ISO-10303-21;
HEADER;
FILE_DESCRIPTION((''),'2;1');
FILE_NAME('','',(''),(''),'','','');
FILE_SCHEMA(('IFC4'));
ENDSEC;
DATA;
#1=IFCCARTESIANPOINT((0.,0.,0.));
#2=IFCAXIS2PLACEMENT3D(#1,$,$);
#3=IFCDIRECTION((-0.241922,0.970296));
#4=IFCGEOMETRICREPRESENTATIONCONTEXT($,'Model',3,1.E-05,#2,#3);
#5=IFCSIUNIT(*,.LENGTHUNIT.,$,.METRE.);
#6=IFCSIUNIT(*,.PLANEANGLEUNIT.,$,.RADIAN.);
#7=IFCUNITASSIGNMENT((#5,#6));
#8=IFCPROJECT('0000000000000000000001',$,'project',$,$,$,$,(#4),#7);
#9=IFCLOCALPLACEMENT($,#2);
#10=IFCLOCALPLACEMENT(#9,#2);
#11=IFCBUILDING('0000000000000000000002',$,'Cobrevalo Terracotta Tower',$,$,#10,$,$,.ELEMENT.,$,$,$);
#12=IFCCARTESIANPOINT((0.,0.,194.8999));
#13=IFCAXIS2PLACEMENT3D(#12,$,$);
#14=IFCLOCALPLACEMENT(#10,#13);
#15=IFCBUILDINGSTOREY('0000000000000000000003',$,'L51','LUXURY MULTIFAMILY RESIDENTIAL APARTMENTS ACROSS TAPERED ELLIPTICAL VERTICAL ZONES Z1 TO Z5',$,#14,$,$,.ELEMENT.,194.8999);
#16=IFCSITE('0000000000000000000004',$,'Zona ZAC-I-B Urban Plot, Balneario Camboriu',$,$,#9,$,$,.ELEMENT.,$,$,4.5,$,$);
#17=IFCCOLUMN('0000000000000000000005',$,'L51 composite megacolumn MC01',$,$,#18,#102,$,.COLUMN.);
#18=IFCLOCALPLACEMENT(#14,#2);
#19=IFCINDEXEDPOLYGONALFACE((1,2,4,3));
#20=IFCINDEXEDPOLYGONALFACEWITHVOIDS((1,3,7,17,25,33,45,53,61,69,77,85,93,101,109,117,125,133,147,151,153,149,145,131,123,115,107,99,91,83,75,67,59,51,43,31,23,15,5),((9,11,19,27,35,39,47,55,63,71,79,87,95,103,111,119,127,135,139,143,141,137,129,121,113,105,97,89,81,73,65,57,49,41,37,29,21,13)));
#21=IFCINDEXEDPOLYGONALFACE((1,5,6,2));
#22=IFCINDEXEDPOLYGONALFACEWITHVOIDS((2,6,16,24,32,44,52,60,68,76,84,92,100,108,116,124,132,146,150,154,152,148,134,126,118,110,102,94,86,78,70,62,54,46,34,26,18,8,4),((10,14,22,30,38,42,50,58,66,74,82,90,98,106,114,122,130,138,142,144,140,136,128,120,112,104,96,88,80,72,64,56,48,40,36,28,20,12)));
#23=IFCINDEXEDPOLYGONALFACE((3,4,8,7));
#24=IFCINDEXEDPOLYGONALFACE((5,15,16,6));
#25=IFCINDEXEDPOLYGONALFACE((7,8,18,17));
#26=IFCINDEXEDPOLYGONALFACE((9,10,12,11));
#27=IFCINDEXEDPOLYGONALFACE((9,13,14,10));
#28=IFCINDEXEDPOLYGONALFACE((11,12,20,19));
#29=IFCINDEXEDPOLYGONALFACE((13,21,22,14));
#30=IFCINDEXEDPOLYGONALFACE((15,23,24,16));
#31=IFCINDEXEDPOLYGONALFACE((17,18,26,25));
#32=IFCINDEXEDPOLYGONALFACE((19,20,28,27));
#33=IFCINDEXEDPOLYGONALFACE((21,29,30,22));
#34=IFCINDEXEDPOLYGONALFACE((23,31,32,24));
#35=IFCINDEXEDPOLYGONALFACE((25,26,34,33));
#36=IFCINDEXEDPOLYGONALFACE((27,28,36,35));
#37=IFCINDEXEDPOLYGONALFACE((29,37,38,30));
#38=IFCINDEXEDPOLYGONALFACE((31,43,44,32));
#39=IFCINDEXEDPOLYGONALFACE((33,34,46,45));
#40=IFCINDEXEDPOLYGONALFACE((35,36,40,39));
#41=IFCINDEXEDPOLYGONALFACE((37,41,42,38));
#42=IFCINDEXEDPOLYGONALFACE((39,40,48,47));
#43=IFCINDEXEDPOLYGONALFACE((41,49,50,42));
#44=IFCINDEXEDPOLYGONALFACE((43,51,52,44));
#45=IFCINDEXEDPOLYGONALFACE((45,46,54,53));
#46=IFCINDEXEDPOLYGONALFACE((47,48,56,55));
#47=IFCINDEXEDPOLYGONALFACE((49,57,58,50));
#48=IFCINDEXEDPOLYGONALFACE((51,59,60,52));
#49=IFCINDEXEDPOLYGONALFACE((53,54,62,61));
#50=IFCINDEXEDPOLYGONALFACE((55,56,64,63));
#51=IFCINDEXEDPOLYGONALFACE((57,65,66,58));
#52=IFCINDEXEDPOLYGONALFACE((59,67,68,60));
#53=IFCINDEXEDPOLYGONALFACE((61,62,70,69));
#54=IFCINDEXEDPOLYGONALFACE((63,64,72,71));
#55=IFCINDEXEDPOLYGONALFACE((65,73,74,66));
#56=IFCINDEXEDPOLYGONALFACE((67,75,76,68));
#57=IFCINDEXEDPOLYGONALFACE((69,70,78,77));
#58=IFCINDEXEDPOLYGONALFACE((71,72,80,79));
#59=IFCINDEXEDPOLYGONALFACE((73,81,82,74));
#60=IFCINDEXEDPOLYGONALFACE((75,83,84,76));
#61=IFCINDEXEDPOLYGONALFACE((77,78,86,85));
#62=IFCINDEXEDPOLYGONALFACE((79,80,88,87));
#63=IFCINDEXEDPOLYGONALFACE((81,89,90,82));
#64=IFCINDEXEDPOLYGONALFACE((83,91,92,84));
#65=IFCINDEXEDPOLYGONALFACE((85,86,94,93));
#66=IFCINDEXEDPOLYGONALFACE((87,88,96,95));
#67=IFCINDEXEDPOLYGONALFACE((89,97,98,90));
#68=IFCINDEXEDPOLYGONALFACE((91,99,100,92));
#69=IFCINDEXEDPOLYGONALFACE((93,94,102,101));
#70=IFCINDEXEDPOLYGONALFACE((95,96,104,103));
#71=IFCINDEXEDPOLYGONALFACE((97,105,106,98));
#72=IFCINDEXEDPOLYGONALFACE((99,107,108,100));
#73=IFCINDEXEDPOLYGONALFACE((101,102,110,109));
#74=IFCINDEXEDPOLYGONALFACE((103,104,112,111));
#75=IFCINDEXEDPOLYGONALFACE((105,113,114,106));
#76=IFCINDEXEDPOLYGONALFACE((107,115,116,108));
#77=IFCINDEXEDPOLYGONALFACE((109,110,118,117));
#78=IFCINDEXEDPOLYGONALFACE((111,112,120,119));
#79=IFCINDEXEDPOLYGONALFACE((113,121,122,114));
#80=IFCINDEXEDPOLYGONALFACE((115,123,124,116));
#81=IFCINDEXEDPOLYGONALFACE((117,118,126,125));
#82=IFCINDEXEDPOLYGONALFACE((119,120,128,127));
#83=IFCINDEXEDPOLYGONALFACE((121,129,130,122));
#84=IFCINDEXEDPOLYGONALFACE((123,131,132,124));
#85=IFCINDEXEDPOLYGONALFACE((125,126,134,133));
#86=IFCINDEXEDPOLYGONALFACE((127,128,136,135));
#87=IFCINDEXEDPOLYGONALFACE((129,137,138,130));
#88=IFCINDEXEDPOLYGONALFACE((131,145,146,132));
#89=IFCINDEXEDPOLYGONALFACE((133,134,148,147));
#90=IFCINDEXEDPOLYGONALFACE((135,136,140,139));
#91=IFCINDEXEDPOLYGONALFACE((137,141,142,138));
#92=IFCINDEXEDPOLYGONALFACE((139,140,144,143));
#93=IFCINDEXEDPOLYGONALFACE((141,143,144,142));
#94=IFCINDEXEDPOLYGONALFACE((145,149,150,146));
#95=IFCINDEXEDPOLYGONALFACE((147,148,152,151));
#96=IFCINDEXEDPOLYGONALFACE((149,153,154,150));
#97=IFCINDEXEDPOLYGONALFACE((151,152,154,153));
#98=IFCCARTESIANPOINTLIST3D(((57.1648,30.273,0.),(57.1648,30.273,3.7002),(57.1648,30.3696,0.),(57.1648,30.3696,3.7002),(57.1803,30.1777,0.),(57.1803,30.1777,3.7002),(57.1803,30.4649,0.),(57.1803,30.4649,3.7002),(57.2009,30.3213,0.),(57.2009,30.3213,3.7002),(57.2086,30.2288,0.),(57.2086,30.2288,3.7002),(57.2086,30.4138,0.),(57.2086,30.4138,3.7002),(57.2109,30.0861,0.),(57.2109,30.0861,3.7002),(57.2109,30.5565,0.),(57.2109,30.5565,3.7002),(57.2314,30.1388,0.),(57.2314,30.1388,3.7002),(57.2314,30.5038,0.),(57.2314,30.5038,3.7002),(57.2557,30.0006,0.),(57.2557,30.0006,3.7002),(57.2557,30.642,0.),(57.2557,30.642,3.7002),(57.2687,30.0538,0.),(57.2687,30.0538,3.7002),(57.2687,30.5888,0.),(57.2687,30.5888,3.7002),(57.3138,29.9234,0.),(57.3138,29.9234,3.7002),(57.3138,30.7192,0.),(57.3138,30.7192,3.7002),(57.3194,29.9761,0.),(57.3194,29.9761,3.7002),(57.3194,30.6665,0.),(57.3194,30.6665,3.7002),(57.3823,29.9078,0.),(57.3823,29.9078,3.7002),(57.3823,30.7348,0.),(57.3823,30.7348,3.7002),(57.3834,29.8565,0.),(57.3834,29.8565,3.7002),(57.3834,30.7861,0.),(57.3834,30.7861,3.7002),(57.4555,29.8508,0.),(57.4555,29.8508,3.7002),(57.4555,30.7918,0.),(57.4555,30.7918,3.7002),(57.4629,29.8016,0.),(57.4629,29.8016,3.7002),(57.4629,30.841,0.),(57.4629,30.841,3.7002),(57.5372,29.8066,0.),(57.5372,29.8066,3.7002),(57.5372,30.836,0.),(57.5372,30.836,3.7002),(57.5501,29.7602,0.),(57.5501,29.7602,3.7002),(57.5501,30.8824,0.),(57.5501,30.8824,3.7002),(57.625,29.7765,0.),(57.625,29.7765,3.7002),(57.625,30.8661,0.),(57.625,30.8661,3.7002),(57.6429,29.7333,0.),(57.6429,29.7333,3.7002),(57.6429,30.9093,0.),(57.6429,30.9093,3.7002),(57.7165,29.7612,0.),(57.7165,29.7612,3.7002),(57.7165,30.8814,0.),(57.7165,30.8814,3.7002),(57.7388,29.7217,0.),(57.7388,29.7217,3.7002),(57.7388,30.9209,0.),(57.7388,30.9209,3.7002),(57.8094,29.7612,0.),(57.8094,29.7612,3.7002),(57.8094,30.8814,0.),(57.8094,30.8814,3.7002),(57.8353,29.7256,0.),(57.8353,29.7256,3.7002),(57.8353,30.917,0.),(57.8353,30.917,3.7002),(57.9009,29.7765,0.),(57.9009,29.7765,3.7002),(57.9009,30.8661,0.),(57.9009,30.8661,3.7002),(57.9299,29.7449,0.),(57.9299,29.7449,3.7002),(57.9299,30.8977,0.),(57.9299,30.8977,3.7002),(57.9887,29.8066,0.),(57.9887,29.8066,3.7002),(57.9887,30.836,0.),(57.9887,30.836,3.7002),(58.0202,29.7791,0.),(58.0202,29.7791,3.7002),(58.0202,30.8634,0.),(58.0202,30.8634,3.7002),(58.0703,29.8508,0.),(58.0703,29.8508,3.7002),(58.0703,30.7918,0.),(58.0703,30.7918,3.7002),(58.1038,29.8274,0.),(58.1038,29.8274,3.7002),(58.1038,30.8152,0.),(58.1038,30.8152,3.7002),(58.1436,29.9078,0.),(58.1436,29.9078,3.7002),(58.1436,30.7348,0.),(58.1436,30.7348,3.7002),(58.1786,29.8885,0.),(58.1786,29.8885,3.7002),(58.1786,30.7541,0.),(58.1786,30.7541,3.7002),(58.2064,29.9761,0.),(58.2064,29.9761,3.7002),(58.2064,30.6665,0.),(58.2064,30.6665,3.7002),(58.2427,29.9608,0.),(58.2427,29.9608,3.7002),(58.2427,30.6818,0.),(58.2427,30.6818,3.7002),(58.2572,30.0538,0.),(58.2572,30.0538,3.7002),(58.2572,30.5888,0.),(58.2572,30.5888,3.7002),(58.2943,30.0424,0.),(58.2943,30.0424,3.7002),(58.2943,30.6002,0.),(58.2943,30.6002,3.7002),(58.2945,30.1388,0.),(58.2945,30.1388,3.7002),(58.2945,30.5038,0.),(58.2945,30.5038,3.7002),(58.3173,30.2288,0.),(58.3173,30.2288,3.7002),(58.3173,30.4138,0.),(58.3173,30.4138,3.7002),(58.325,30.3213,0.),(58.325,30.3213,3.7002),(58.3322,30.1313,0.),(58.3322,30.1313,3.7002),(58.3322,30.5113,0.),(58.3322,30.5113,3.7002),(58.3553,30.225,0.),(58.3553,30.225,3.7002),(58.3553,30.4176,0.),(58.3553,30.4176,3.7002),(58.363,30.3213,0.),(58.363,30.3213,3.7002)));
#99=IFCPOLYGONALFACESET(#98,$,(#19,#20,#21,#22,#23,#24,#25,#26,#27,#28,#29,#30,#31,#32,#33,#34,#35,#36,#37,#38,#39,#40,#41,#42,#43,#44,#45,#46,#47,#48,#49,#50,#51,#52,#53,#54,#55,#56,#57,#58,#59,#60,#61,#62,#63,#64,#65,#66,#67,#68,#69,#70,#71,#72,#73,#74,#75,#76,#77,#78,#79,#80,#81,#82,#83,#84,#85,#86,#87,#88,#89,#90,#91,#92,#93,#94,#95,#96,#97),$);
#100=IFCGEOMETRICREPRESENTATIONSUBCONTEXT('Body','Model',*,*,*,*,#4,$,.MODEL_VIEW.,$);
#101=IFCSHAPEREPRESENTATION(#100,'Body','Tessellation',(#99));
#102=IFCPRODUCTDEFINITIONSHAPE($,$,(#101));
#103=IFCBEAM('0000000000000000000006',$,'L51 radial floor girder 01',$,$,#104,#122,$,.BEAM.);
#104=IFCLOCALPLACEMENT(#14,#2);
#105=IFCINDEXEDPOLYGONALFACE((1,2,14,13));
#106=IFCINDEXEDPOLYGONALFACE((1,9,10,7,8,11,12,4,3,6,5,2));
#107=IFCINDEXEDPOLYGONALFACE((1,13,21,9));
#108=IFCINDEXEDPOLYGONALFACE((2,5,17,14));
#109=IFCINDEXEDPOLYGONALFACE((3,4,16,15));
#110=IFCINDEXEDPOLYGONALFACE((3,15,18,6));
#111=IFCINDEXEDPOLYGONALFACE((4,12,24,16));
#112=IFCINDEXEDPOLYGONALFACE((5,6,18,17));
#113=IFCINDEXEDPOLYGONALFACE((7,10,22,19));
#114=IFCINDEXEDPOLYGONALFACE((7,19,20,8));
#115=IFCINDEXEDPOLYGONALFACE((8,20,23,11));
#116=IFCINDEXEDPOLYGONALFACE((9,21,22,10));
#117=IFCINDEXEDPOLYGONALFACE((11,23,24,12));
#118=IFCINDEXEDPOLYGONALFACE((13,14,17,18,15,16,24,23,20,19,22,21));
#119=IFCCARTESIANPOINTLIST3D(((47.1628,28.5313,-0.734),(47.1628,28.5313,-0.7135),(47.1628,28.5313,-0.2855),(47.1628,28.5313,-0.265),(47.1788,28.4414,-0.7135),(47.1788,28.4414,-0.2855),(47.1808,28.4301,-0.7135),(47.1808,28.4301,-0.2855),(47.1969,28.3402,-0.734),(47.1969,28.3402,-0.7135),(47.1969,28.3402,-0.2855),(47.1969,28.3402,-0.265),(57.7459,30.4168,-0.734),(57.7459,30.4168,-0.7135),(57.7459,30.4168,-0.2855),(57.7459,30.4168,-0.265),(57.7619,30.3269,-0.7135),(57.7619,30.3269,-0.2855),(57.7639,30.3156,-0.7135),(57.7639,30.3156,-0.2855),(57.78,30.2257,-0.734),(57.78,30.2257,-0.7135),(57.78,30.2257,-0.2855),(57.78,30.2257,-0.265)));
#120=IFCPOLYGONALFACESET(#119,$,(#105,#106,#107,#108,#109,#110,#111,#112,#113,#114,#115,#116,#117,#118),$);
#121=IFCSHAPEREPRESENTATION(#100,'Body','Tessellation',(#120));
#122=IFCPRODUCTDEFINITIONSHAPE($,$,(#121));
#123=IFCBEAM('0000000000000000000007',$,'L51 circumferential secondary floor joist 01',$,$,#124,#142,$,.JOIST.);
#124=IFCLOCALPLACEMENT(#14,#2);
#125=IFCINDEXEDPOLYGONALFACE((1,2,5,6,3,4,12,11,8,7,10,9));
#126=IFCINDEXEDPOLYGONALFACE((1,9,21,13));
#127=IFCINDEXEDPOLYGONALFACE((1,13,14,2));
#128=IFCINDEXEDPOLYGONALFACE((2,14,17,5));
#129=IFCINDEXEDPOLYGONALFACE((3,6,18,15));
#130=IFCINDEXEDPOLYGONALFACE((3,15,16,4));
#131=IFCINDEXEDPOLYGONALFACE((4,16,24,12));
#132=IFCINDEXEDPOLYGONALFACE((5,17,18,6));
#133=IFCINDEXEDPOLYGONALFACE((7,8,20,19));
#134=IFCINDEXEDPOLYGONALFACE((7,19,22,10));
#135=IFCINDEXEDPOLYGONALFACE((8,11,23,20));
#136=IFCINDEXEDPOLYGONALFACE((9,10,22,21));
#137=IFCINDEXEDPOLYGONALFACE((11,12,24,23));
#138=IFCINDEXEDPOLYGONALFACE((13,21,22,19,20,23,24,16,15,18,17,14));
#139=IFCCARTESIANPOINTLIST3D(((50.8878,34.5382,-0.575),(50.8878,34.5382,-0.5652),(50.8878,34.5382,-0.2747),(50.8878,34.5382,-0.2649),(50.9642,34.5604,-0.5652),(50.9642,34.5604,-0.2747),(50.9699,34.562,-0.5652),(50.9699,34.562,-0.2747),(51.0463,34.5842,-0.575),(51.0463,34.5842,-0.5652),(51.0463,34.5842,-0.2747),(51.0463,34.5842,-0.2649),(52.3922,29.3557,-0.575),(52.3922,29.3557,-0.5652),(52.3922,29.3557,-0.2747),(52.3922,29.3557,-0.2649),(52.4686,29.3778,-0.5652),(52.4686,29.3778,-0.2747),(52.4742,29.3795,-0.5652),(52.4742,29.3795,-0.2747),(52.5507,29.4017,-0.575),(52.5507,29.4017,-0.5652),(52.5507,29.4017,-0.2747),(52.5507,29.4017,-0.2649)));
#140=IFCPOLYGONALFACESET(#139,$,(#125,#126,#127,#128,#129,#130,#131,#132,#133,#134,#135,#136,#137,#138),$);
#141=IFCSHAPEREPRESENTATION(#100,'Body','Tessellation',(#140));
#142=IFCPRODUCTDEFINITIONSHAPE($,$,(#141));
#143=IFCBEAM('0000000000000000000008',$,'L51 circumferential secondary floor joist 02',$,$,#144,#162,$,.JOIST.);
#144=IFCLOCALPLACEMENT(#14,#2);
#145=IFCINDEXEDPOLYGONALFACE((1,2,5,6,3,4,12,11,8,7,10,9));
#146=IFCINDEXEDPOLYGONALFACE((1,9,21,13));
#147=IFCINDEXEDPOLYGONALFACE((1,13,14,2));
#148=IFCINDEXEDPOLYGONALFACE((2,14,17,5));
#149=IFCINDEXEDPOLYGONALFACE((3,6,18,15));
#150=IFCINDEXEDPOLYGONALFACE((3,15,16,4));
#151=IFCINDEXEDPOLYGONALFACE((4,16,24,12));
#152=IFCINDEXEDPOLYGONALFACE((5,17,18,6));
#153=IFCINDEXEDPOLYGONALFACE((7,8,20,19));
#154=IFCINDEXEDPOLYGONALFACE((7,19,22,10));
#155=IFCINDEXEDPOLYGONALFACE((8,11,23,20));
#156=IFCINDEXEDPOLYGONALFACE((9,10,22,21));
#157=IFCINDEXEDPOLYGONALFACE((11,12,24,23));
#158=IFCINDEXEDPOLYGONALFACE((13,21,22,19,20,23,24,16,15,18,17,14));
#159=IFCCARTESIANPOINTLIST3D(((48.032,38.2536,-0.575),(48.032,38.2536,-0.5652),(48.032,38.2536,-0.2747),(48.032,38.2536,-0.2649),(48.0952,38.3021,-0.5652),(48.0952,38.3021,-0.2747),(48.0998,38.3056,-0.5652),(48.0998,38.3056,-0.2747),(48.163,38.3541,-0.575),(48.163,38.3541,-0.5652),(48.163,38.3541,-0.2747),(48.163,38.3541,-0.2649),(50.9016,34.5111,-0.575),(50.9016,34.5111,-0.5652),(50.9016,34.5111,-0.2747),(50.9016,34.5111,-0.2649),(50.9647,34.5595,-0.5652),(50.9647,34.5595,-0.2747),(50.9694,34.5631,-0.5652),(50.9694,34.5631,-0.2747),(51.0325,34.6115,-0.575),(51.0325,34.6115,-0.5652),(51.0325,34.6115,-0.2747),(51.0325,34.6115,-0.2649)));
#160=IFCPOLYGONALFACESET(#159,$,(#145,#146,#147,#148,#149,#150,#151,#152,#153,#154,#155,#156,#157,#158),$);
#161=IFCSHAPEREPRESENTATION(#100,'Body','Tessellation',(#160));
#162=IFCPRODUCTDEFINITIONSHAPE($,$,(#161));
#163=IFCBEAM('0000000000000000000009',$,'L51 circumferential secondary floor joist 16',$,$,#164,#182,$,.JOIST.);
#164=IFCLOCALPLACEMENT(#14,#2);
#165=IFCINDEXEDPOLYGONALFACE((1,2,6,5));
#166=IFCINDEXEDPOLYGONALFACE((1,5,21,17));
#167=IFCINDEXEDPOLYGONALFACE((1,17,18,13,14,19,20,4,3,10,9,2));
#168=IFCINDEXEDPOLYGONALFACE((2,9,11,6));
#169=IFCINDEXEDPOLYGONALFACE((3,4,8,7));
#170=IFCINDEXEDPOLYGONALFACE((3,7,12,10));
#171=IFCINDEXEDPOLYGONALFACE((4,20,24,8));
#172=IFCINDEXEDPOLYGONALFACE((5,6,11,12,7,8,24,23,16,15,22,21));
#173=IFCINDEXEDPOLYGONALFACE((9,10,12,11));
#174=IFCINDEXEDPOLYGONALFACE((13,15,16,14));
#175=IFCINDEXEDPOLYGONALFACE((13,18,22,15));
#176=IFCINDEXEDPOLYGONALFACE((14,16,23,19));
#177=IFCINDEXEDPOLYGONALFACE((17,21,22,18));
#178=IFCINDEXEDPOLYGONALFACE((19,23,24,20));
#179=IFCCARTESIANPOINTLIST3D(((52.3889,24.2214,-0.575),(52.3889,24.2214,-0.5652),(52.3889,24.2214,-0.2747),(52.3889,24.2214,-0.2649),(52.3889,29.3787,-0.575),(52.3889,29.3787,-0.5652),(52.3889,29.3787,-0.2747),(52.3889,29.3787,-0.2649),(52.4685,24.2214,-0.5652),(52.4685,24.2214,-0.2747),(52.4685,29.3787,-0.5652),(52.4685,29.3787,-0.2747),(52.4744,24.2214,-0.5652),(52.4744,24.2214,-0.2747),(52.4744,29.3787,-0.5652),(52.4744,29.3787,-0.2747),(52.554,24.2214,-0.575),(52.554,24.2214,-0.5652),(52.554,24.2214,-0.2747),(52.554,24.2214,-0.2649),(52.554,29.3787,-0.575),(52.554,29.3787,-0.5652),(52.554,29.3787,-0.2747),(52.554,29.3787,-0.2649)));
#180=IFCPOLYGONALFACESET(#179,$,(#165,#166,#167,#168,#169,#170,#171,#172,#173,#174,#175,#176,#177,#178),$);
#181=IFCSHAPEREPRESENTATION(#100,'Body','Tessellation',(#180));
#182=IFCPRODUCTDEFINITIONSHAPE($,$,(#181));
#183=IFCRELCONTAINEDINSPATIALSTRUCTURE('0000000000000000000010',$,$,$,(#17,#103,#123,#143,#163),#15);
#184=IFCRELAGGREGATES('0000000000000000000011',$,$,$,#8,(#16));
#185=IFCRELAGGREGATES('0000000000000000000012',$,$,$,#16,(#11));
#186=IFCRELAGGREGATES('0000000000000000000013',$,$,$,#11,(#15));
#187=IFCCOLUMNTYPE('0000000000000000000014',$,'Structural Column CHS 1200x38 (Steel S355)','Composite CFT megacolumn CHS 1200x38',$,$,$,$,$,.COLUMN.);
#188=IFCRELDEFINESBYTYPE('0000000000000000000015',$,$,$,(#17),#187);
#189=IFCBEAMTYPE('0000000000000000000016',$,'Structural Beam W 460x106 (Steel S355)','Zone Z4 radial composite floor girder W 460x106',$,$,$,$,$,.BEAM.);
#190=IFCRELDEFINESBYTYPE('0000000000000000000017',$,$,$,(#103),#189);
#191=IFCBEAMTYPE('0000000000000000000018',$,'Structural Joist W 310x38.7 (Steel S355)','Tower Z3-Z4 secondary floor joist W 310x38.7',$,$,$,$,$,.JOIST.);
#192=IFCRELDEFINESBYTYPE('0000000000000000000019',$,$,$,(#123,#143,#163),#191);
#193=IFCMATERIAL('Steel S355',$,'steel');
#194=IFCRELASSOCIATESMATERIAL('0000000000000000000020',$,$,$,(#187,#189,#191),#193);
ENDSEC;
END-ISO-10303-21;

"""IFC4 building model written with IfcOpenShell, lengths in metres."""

from ifc_helpers import new_model, si_unit, direction, frame, origin, origin_2d, place, context, subcontext, project, spatial, hollow_circle, i_section, extrude, material, material_profile, profile_set, type_object, element, save


model = new_model("IFC4")

# Units and contexts
model_context = context("Model", 3, precision=1e-05, world=origin(), true_north=direction((-0.241922, 0.970296)))
body_context = subcontext(model_context, "Body", "Model", "MODEL_VIEW")
ifc_project = project(units=[si_unit("LENGTHUNIT", "METRE"), si_unit("PLANEANGLEUNIT", "RADIAN")], contexts=[model_context])

# Site, building, storey
site_placement = place(None, origin())
site = spatial("IfcSite", under=ifc_project, at=site_placement, Name="Zona ZAC-I-B Urban Plot, Balneario Camboriu", CompositionType="ELEMENT", RefElevation=4.5)
building_placement = place(site_placement, origin())
building = spatial("IfcBuilding", under=site, at=building_placement, Name="Cobrevalo Terracotta Tower", CompositionType="ELEMENT")
storey_placement = place(building_placement, frame((0.0, 0.0, 194.8999)))
storey = spatial("IfcBuildingStorey", under=building, at=storey_placement, Name="L51", Description="LUXURY MULTIFAMILY RESIDENTIAL APARTMENTS ACROSS TAPERED ELLIPTICAL VERTICAL ZONES Z1 TO Z5", CompositionType="ELEMENT", Elevation=194.8999)

# Column
ifc_material_1 = material(Name="Steel S355", Category="steel")
ifc_material_profile_1 = material_profile(ifc_material_1, hollow_circle(Radius=0.6001, WallThickness=0.0381, at=origin_2d()), Name="CHS 1200x38")
ifc_profile_set_1 = profile_set([ifc_material_profile_1], Name="Steel S355")
column_type = type_object("IfcColumnType", Name="Structural Column CHS 1200x38 (Steel S355)", Description="Composite CFT megacolumn CHS 1200x38", PredefinedType="COLUMN", material=ifc_profile_set_1)
column_placement = place(storey_placement, frame((57.7629, 30.3213, 0.0), z_axis=(0.0, 0.0, 1.0), x_axis=(1.0, 0.0, 0.0)))
element("IfcColumn", 1, at=column_placement, inside=storey, type_object=column_type, Name="L51 composite megacolumn MC01", PredefinedType="COLUMN", context=body_context, shape_type="SweptSolid", body=[
    extrude(hollow_circle(Radius=0.6001, WallThickness=0.0381, at=origin_2d()), origin(), (0.0, 0.0, 1.0), 3.7002),
])

# Beams
ifc_material_profile_2 = material_profile(ifc_material_1, i_section(OverallWidth=0.1941, OverallDepth=0.469, WebThickness=0.0115, FlangeThickness=0.0205, at=origin_2d()), Name="W 460x106")
ifc_profile_set_2 = profile_set([ifc_material_profile_2], Name="Steel S355")
beam_type_1 = type_object("IfcBeamType", Name="Structural Beam W 460x106 (Steel S355)", Description="Zone Z4 radial composite floor girder W 460x106", PredefinedType="BEAM", material=ifc_profile_set_2)
beam_1_placement = place(storey_placement, frame((57.7629, 30.3213, -0.4995), z_axis=(-0.984497, -0.175401, 0.0), x_axis=(0.175401, -0.984497, 0.0)))
element("IfcBeam", 2, at=beam_1_placement, inside=storey, type_object=beam_type_1, Name="L51 radial floor girder 01", PredefinedType="BEAM", context=body_context, shape_type="SweptSolid", body=[
    extrude(i_section(OverallWidth=0.1941, OverallDepth=0.469, WebThickness=0.0115, FlangeThickness=0.0205, at=origin_2d()), origin(), (0.0, 0.0, 1.0), 10.7498),
])
ifc_material_profile_3 = material_profile(ifc_material_1, i_section(OverallWidth=0.165, OverallDepth=0.3101, WebThickness=0.0059, FlangeThickness=0.0098, at=origin_2d()), Name="W 310x38.7")
ifc_profile_set_3 = profile_set([ifc_material_profile_3], Name="Steel S355")
beam_type_2 = type_object("IfcBeamType", Name="Structural Joist W 310x38.7 (Steel S355)", Description="Tower Z3-Z4 secondary floor joist W 310x38.7", PredefinedType="JOIST", material=ifc_profile_set_3)
beam_2_placement = place(storey_placement, frame((52.4714, 29.3787, -0.4199), z_axis=(-0.27877, 0.960358, 0.0), x_axis=(-0.960358, -0.27877, 0.0)))
element("IfcBeam", 3, at=beam_2_placement, inside=storey, type_object=beam_type_2, Name="L51 circumferential secondary floor joist 01", PredefinedType="JOIST", context=body_context, shape_type="SweptSolid", body=[
    extrude(i_section(OverallWidth=0.165, OverallDepth=0.3101, WebThickness=0.0059, FlangeThickness=0.0098, at=origin_2d()), origin(), (0.0, 0.0, 1.0), 5.3965),
])
beam_3_placement = place(storey_placement, frame((50.967, 34.5613, -0.4199), z_axis=(-0.608464, 0.793581, 0.0), x_axis=(-0.793581, -0.608464, 0.0)))
element("IfcBeam", 4, at=beam_3_placement, inside=storey, type_object=beam_type_2, Name="L51 circumferential secondary floor joist 02", PredefinedType="JOIST", context=body_context, shape_type="SweptSolid", body=[
    extrude(i_section(OverallWidth=0.165, OverallDepth=0.3101, WebThickness=0.0059, FlangeThickness=0.0098, at=origin_2d()), origin(), (0.0, 0.0, 1.0), 4.7161),
])
beam_4_placement = place(storey_placement, frame((52.4714, 24.2214, -0.4199), z_axis=(0.0, 1.0, 0.0), x_axis=(-1.0, 0.0, 0.0)))
element("IfcBeam", 5, at=beam_4_placement, inside=storey, type_object=beam_type_2, Name="L51 circumferential secondary floor joist 16", PredefinedType="JOIST", context=body_context, shape_type="SweptSolid", body=[
    extrude(i_section(OverallWidth=0.165, OverallDepth=0.3101, WebThickness=0.0059, FlangeThickness=0.0098, at=origin_2d()), origin(), (0.0, 0.0, 1.0), 5.1572),
])

save(model, "model.ifc")
